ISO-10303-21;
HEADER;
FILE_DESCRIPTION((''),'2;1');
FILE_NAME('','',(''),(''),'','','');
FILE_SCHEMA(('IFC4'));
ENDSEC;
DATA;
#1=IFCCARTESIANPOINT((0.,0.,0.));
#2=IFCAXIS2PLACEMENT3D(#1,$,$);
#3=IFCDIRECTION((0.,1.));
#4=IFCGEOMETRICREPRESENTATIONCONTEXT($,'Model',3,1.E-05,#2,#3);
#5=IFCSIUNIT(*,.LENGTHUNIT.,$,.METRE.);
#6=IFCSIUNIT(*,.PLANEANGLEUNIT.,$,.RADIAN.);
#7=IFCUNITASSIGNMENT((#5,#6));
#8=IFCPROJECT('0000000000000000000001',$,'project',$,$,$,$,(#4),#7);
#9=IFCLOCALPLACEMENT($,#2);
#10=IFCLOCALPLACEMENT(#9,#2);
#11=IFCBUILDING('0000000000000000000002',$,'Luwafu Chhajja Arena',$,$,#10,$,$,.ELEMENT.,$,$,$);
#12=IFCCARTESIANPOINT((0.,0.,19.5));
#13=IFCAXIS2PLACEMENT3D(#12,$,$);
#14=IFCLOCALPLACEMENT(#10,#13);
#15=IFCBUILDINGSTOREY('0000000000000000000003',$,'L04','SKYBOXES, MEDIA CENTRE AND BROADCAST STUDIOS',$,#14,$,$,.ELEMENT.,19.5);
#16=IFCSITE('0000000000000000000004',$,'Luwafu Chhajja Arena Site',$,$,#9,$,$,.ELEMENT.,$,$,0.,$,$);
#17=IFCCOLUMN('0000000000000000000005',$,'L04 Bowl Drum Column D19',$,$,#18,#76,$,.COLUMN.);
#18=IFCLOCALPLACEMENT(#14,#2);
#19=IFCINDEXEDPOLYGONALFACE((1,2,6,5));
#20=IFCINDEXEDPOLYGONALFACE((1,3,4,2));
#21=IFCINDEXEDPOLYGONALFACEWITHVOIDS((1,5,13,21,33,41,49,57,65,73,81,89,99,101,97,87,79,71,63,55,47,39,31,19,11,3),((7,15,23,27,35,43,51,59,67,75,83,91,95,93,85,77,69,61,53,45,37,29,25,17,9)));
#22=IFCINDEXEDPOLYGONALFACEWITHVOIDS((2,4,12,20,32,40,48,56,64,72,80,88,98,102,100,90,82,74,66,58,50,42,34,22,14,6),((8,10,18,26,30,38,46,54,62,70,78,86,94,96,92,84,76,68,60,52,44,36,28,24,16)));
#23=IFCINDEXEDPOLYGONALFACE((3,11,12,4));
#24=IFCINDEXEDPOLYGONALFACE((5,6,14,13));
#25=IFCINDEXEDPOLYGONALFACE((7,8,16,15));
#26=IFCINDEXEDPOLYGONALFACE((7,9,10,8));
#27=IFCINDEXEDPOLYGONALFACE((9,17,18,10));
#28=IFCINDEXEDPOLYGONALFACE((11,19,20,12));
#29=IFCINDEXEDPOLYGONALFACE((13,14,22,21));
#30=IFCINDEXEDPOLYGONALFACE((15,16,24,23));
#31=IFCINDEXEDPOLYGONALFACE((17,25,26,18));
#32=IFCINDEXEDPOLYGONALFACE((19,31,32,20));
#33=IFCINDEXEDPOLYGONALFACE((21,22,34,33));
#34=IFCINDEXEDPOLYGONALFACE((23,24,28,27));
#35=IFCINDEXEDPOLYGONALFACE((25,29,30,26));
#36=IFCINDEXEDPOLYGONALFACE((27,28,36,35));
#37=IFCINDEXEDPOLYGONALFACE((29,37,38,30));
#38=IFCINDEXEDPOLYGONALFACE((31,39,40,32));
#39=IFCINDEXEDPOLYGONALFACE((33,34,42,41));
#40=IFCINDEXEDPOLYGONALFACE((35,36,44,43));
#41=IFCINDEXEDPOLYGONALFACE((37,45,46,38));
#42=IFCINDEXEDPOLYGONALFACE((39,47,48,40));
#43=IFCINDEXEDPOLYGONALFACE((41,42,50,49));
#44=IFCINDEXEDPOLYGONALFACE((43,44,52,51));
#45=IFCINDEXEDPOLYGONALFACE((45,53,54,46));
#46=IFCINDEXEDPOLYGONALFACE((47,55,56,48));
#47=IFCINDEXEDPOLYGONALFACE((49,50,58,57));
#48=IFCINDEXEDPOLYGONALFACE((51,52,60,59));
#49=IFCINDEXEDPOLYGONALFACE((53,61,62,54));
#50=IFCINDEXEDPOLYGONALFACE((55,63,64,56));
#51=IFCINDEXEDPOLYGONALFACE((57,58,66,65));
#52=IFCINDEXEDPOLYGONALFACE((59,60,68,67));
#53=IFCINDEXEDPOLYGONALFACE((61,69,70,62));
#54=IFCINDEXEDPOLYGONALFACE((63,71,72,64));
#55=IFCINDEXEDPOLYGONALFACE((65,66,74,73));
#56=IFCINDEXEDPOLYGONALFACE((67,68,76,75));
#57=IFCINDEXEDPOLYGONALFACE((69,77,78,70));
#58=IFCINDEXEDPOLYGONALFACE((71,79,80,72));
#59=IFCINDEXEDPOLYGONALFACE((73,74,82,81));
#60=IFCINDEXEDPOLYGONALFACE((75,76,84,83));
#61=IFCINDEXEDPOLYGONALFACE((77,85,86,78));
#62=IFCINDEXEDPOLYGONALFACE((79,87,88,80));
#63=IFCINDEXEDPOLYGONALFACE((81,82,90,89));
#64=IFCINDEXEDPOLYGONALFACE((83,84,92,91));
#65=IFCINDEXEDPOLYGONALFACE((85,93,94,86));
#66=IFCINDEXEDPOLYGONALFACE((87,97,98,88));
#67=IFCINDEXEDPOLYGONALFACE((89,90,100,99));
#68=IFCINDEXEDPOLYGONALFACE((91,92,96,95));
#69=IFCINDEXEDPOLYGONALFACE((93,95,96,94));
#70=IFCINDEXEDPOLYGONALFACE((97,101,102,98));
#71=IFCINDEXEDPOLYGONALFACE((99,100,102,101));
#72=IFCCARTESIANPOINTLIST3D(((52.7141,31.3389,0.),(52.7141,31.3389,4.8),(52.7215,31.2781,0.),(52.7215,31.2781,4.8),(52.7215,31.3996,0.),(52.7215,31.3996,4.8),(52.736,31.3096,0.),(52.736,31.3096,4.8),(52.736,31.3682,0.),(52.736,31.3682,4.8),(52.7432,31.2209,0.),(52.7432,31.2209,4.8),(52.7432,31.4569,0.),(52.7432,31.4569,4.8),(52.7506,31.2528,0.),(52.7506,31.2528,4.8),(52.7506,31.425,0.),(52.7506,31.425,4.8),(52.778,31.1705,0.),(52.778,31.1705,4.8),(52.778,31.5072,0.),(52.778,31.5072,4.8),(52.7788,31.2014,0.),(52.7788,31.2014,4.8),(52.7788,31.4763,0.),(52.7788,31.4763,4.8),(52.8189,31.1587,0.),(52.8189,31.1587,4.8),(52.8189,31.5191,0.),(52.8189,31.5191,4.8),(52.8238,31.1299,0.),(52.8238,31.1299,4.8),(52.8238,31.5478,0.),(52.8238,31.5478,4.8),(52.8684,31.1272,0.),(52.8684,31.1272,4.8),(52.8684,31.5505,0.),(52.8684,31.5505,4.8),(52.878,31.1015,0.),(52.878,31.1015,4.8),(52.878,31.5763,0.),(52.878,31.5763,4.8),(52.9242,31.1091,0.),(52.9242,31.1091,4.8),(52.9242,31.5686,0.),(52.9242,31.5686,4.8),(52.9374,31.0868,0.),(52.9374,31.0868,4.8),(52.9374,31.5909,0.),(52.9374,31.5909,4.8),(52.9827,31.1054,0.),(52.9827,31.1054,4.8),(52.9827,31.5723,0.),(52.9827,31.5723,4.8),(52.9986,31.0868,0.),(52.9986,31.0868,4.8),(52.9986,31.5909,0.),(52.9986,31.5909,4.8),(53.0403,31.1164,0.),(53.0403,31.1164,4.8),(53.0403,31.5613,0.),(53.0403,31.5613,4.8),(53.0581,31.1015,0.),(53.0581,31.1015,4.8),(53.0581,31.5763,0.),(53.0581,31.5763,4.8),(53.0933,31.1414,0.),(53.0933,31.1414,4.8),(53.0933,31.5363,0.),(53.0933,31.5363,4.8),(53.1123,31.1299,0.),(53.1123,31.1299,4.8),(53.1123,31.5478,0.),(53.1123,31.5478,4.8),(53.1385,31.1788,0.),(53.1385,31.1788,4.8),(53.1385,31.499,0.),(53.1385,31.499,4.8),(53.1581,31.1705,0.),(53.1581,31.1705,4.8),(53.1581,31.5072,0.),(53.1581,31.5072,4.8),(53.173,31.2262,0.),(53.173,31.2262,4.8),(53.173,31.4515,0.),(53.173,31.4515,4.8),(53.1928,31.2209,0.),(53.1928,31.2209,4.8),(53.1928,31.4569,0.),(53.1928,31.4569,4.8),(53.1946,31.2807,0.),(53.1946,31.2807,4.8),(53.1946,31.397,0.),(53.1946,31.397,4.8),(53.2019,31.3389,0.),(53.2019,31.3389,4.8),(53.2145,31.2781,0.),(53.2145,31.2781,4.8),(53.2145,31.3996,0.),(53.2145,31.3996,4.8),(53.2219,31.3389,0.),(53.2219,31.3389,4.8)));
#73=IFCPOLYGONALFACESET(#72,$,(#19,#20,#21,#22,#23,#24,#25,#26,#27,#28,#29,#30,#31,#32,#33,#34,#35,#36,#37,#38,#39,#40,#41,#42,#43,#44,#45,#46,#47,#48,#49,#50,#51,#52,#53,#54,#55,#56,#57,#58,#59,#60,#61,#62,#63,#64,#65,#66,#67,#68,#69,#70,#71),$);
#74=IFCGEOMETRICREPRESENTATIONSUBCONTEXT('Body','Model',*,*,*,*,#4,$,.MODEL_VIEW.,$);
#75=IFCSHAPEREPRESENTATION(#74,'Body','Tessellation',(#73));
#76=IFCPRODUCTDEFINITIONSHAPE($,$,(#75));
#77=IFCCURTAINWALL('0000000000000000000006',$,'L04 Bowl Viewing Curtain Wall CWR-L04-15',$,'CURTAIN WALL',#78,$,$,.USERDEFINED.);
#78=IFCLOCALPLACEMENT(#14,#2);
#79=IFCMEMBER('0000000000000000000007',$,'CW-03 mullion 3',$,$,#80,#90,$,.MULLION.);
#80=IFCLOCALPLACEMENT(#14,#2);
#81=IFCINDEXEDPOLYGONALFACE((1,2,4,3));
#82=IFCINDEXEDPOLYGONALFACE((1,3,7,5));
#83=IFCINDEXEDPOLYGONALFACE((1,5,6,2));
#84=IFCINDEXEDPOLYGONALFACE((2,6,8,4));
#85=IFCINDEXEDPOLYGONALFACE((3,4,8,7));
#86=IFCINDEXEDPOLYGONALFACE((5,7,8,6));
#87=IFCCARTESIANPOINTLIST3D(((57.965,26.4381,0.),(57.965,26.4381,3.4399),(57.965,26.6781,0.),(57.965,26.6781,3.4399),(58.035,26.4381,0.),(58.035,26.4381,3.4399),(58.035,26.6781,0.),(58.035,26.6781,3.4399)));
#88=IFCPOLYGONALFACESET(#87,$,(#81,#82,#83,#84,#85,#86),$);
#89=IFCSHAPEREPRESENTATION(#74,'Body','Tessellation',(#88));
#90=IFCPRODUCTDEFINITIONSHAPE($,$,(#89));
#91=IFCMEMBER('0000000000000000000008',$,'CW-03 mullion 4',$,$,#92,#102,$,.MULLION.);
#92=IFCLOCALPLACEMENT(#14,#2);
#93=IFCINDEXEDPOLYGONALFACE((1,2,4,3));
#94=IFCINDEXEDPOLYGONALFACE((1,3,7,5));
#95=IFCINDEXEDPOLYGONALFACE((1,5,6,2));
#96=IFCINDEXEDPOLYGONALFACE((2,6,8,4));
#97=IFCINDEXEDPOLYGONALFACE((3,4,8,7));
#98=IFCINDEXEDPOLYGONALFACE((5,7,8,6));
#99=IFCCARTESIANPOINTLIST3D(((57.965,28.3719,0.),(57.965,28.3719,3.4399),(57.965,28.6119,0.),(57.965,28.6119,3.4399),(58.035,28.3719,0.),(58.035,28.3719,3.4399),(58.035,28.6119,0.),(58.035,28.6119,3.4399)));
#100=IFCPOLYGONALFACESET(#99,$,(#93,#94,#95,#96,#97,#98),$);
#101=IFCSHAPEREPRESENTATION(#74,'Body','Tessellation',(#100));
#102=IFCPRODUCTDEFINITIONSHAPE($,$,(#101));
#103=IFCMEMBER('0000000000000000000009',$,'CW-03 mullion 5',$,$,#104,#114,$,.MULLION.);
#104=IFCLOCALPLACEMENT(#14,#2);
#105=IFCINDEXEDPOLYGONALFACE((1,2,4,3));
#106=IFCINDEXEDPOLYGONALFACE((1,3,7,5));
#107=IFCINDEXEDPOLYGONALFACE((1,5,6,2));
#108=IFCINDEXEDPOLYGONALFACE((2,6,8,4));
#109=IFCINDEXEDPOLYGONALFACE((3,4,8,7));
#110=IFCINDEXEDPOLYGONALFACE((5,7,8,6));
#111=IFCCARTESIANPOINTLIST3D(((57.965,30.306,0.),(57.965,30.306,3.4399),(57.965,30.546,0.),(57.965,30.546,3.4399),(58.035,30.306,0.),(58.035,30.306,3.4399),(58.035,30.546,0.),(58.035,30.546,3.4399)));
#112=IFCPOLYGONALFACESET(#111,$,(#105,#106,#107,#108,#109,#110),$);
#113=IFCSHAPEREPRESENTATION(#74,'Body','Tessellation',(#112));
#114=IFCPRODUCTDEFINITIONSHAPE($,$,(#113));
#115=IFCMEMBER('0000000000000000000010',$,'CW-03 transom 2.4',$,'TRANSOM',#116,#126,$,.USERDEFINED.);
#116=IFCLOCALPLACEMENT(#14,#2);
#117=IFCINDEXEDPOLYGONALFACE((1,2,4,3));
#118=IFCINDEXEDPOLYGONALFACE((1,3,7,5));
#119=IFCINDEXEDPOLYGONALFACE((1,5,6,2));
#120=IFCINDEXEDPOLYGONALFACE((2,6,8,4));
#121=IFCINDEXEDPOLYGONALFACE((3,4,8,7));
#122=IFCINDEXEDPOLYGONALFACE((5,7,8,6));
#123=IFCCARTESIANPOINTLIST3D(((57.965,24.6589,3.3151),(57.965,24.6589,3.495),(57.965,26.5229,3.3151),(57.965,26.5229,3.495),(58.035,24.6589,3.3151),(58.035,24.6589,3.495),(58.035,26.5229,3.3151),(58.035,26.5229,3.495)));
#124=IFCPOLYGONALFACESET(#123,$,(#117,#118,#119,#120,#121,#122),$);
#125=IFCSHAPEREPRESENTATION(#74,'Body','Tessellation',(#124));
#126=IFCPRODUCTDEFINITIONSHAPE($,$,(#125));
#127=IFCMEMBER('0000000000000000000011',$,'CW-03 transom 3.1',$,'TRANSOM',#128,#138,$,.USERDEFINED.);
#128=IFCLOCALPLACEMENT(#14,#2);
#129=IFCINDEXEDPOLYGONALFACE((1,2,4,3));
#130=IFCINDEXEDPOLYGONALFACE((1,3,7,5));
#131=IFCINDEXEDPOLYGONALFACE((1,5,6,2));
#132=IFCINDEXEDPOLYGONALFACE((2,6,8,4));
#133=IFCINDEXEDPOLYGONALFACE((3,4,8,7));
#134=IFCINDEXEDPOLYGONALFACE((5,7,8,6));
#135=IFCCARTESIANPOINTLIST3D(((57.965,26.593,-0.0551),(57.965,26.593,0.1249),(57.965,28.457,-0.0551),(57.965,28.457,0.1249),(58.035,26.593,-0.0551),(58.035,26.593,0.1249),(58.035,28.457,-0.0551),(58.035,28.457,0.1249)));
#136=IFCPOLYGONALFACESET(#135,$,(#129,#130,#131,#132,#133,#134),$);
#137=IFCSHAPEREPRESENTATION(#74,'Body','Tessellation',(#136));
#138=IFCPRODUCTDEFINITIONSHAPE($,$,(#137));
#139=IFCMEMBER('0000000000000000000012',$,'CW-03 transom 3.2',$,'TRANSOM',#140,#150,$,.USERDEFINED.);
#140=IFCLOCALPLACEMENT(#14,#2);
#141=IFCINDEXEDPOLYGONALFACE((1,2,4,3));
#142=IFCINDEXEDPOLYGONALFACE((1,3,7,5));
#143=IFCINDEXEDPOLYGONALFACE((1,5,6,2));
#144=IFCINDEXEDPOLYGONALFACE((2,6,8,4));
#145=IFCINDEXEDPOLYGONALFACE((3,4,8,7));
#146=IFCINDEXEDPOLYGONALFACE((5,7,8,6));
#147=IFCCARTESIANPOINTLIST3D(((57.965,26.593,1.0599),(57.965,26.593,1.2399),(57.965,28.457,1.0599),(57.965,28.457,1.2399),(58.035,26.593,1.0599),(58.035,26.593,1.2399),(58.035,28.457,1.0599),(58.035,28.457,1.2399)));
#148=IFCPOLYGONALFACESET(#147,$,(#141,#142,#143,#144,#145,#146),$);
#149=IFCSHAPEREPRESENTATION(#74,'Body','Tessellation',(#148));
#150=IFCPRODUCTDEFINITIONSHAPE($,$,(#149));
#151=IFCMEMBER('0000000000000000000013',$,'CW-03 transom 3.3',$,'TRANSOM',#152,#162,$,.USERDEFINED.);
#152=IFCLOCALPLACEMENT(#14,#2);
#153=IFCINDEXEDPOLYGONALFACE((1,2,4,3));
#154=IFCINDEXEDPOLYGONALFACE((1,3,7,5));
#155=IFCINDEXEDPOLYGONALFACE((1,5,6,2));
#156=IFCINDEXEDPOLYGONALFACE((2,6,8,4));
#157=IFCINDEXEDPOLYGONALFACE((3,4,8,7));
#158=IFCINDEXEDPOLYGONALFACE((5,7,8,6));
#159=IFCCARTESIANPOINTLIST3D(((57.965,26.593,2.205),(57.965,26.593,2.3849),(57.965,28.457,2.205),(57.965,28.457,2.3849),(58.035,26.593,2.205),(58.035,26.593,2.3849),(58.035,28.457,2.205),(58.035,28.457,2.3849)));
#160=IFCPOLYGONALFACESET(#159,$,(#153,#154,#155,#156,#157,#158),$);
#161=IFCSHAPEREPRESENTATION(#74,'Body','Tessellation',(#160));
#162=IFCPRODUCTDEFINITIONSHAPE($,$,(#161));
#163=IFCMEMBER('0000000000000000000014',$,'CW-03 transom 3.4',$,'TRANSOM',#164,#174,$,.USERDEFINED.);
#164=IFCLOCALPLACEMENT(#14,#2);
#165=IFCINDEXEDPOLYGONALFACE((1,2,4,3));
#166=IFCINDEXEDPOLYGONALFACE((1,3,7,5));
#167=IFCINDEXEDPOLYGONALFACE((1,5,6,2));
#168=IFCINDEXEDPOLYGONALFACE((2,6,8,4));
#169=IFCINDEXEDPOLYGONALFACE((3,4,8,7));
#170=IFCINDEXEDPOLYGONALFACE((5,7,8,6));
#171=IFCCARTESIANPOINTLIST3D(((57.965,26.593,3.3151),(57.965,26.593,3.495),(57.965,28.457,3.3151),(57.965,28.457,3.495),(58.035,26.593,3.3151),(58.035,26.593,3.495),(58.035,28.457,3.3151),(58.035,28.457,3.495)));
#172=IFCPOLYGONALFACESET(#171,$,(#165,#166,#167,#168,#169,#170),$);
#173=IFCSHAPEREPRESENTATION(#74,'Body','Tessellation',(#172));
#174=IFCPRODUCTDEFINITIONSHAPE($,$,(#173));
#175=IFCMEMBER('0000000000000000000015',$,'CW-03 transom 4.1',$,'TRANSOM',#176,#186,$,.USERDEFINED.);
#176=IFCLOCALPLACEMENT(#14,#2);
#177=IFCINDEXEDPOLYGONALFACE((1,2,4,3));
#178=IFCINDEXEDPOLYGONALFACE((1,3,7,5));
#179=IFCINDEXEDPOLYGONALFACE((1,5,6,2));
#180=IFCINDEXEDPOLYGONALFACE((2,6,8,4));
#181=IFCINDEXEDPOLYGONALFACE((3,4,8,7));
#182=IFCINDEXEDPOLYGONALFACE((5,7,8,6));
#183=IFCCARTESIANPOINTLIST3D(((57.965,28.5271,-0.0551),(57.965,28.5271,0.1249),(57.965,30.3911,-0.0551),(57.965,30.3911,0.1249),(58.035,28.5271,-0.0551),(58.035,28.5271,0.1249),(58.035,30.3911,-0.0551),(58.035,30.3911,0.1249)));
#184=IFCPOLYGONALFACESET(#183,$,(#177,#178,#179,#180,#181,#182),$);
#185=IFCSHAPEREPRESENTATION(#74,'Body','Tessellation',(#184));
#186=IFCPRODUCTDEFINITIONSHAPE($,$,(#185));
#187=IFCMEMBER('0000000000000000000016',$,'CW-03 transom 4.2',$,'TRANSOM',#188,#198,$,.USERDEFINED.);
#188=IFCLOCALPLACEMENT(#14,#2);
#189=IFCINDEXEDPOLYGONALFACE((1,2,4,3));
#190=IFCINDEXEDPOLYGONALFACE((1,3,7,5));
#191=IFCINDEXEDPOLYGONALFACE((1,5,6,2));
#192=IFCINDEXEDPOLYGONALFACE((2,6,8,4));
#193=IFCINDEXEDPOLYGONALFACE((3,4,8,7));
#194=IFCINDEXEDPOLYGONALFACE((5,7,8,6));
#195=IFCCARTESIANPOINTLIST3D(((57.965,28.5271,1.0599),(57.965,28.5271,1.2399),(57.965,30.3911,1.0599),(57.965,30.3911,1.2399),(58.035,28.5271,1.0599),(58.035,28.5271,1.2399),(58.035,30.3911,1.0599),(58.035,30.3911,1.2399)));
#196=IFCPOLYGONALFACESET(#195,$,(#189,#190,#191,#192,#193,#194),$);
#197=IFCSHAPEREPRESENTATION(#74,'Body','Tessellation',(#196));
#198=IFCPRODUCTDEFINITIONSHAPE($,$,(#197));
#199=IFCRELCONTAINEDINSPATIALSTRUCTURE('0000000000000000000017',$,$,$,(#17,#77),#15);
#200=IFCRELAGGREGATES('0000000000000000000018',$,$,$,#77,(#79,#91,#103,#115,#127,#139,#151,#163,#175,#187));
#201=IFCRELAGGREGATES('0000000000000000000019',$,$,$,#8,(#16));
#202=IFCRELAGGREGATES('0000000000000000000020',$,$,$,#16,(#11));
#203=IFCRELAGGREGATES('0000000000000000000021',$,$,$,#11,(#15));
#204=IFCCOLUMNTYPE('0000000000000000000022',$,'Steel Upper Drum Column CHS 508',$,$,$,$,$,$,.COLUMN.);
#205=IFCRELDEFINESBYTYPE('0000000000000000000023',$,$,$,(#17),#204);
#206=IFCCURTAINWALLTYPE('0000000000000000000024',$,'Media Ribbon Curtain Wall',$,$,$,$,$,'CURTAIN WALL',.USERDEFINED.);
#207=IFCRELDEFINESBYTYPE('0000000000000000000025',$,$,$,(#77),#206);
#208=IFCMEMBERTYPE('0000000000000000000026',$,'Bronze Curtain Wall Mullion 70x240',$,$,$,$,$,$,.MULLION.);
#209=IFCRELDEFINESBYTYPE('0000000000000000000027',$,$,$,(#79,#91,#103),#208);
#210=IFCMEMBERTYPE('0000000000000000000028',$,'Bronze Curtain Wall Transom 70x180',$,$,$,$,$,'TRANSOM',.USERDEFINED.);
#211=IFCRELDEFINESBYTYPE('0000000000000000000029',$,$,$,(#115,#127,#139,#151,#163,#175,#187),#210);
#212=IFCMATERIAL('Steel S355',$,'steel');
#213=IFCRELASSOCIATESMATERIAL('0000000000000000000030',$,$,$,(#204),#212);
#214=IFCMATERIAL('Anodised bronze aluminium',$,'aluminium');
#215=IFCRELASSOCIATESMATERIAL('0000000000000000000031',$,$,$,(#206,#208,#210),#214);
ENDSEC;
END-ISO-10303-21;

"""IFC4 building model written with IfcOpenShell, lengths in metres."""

from ifc_helpers import new_model, si_unit, direction, frame, origin, origin_2d, place, context, subcontext, project, spatial, rectangle, hollow_circle, extrude, material, material_profile, profile_set, type_object, element, aggregate, save


model = new_model("IFC4")

# Units and contexts
model_context = context("Model", 3, precision=1e-05, world=origin(), true_north=direction((0.0, 1.0)))
body_context = subcontext(model_context, "Body", "Model", "MODEL_VIEW")
ifc_project = project(units=[si_unit("LENGTHUNIT", "METRE"), si_unit("PLANEANGLEUNIT", "RADIAN")], contexts=[model_context])

# Site, building, storey
site_placement = place(None, origin())
site = spatial("IfcSite", under=ifc_project, at=site_placement, Name="Luwafu Chhajja Arena Site", CompositionType="ELEMENT", RefElevation=0.0)
building_placement = place(site_placement, origin())
building = spatial("IfcBuilding", under=site, at=building_placement, Name="Luwafu Chhajja Arena", CompositionType="ELEMENT")
storey_placement = place(building_placement, frame((0.0, 0.0, 19.5)))
storey = spatial("IfcBuildingStorey", under=building, at=storey_placement, Name="L04", Description="SKYBOXES, MEDIA CENTRE AND BROADCAST STUDIOS", CompositionType="ELEMENT", Elevation=19.5)

# Column
ifc_material_1 = material(Name="Steel S355", Category="steel")
ifc_material_profile_1 = material_profile(ifc_material_1, hollow_circle(Radius=0.2539, WallThickness=0.02, at=origin_2d()), Name="CHS 508x20")
ifc_profile_set_1 = profile_set([ifc_material_profile_1], Name="Steel S355")
column_type = type_object("IfcColumnType", Name="Steel Upper Drum Column CHS 508", PredefinedType="COLUMN", material=ifc_profile_set_1)
column_placement = place(storey_placement, frame((52.968, 31.3389, 0.0), z_axis=(0.0, 0.0, 1.0), x_axis=(1.0, 0.0, 0.0)))
element("IfcColumn", 1, at=column_placement, inside=storey, type_object=column_type, Name="L04 Bowl Drum Column D19", PredefinedType="COLUMN", context=body_context, shape_type="SweptSolid", body=[
    extrude(hollow_circle(Radius=0.2539, WallThickness=0.02, at=origin_2d()), origin(), (0.0, 0.0, 1.0), 4.8),
])

# Curtain wall, members
ifc_material_2 = material(Name="Anodised bronze aluminium", Category="aluminium")
curtain_wall_type = type_object("IfcCurtainWallType", Name="Media Ribbon Curtain Wall", ElementType="CURTAIN WALL", PredefinedType="USERDEFINED", material=ifc_material_2)
curtain_wall_placement = place(storey_placement, origin())
curtain_wall = element("IfcCurtainWall", 2, at=curtain_wall_placement, inside=storey, type_object=curtain_wall_type, Name="L04 Bowl Viewing Curtain Wall CWR-L04-15", ObjectType="CURTAIN WALL", PredefinedType="USERDEFINED")
ifc_material_profile_2 = material_profile(ifc_material_2, rectangle(XDim=0.0701, YDim=0.24, at=origin_2d()), Name="CWM 70x240")
ifc_profile_set_2 = profile_set([ifc_material_profile_2], Name="Anodised bronze aluminium")
member_type_1 = type_object("IfcMemberType", Name="Bronze Curtain Wall Mullion 70x240", PredefinedType="MULLION", material=ifc_profile_set_2)
member_1_placement = place(storey_placement, frame((58.0, 26.5581, 0.0), z_axis=(0.0, 0.0, 1.0), x_axis=(-1.0, 0.0, 0.0)))
member_1 = element("IfcMember", 3, at=member_1_placement, type_object=member_type_1, Name="CW-03 mullion 3", PredefinedType="MULLION", context=body_context, shape_type="SweptSolid", body=[
    extrude(rectangle(XDim=0.0701, YDim=0.24, at=origin_2d()), origin(), (0.0, 0.0, 1.0), 3.4399),
])
member_2_placement = place(storey_placement, frame((58.0, 28.4919, 0.0), z_axis=(0.0, 0.0, 1.0), x_axis=(-1.0, 0.0, 0.0)))
member_2 = element("IfcMember", 4, at=member_2_placement, type_object=member_type_1, Name="CW-03 mullion 4", PredefinedType="MULLION", context=body_context, shape_type="SweptSolid", body=[
    extrude(rectangle(XDim=0.0701, YDim=0.24, at=origin_2d()), origin(), (0.0, 0.0, 1.0), 3.4399),
])
member_3_placement = place(storey_placement, frame((58.0, 30.426, 0.0), z_axis=(0.0, 0.0, 1.0), x_axis=(-1.0, 0.0, 0.0)))
member_3 = element("IfcMember", 5, at=member_3_placement, type_object=member_type_1, Name="CW-03 mullion 5", PredefinedType="MULLION", context=body_context, shape_type="SweptSolid", body=[
    extrude(rectangle(XDim=0.0701, YDim=0.24, at=origin_2d()), origin(), (0.0, 0.0, 1.0), 3.4399),
])
ifc_material_profile_3 = material_profile(ifc_material_2, rectangle(XDim=0.0701, YDim=0.1799, at=origin_2d()), Name="CWT 70x180")
ifc_profile_set_3 = profile_set([ifc_material_profile_3], Name="Anodised bronze aluminium")
member_type_2 = type_object("IfcMemberType", Name="Bronze Curtain Wall Transom 70x180", ElementType="TRANSOM", PredefinedType="USERDEFINED", material=ifc_profile_set_3)
member_4_placement = place(storey_placement, frame((58.0, 24.6589, 3.405), z_axis=(0.0, 1.0, 0.0), x_axis=(-1.0, 0.0, 0.0)))
member_4 = element("IfcMember", 6, at=member_4_placement, type_object=member_type_2, Name="CW-03 transom 2.4", ObjectType="TRANSOM", PredefinedType="USERDEFINED", context=body_context, shape_type="SweptSolid", body=[
    extrude(rectangle(XDim=0.0701, YDim=0.1799, at=origin_2d()), origin(), (0.0, 0.0, 1.0), 1.864),
])
member_5_placement = place(storey_placement, frame((58.0, 26.593, 0.0349), z_axis=(0.0, 1.0, 0.0), x_axis=(-1.0, 0.0, 0.0)))
member_5 = element("IfcMember", 7, at=member_5_placement, type_object=member_type_2, Name="CW-03 transom 3.1", ObjectType="TRANSOM", PredefinedType="USERDEFINED", context=body_context, shape_type="SweptSolid", body=[
    extrude(rectangle(XDim=0.0701, YDim=0.1799, at=origin_2d()), origin(), (0.0, 0.0, 1.0), 1.864),
])
member_6_placement = place(storey_placement, frame((58.0, 26.593, 1.1499), z_axis=(0.0, 1.0, 0.0), x_axis=(-1.0, 0.0, 0.0)))
member_6 = element("IfcMember", 8, at=member_6_placement, type_object=member_type_2, Name="CW-03 transom 3.2", ObjectType="TRANSOM", PredefinedType="USERDEFINED", context=body_context, shape_type="SweptSolid", body=[
    extrude(rectangle(XDim=0.0701, YDim=0.1799, at=origin_2d()), origin(), (0.0, 0.0, 1.0), 1.864),
])
member_7_placement = place(storey_placement, frame((58.0, 26.593, 2.2949), z_axis=(0.0, 1.0, 0.0), x_axis=(-1.0, 0.0, 0.0)))
member_7 = element("IfcMember", 9, at=member_7_placement, type_object=member_type_2, Name="CW-03 transom 3.3", ObjectType="TRANSOM", PredefinedType="USERDEFINED", context=body_context, shape_type="SweptSolid", body=[
    extrude(rectangle(XDim=0.0701, YDim=0.1799, at=origin_2d()), origin(), (0.0, 0.0, 1.0), 1.864),
])
member_8_placement = place(storey_placement, frame((58.0, 26.593, 3.405), z_axis=(0.0, 1.0, 0.0), x_axis=(-1.0, 0.0, 0.0)))
member_8 = element("IfcMember", 10, at=member_8_placement, type_object=member_type_2, Name="CW-03 transom 3.4", ObjectType="TRANSOM", PredefinedType="USERDEFINED", context=body_context, shape_type="SweptSolid", body=[
    extrude(rectangle(XDim=0.0701, YDim=0.1799, at=origin_2d()), origin(), (0.0, 0.0, 1.0), 1.864),
])
member_9_placement = place(storey_placement, frame((58.0, 28.5271, 0.0349), z_axis=(0.0, 1.0, 0.0), x_axis=(-1.0, 0.0, 0.0)))
member_9 = element("IfcMember", 11, at=member_9_placement, type_object=member_type_2, Name="CW-03 transom 4.1", ObjectType="TRANSOM", PredefinedType="USERDEFINED", context=body_context, shape_type="SweptSolid", body=[
    extrude(rectangle(XDim=0.0701, YDim=0.1799, at=origin_2d()), origin(), (0.0, 0.0, 1.0), 1.864),
])
member_10_placement = place(storey_placement, frame((58.0, 28.5271, 1.1499), z_axis=(0.0, 1.0, 0.0), x_axis=(-1.0, 0.0, 0.0)))
member_10 = element("IfcMember", 12, at=member_10_placement, type_object=member_type_2, Name="CW-03 transom 4.2", ObjectType="TRANSOM", PredefinedType="USERDEFINED", context=body_context, shape_type="SweptSolid", body=[
    extrude(rectangle(XDim=0.0701, YDim=0.1799, at=origin_2d()), origin(), (0.0, 0.0, 1.0), 1.864),
])
aggregate(curtain_wall, [member_1, member_2, member_3, member_4, member_5, member_6, member_7, member_8, member_9, member_10])

save(model, "model.ifc")
